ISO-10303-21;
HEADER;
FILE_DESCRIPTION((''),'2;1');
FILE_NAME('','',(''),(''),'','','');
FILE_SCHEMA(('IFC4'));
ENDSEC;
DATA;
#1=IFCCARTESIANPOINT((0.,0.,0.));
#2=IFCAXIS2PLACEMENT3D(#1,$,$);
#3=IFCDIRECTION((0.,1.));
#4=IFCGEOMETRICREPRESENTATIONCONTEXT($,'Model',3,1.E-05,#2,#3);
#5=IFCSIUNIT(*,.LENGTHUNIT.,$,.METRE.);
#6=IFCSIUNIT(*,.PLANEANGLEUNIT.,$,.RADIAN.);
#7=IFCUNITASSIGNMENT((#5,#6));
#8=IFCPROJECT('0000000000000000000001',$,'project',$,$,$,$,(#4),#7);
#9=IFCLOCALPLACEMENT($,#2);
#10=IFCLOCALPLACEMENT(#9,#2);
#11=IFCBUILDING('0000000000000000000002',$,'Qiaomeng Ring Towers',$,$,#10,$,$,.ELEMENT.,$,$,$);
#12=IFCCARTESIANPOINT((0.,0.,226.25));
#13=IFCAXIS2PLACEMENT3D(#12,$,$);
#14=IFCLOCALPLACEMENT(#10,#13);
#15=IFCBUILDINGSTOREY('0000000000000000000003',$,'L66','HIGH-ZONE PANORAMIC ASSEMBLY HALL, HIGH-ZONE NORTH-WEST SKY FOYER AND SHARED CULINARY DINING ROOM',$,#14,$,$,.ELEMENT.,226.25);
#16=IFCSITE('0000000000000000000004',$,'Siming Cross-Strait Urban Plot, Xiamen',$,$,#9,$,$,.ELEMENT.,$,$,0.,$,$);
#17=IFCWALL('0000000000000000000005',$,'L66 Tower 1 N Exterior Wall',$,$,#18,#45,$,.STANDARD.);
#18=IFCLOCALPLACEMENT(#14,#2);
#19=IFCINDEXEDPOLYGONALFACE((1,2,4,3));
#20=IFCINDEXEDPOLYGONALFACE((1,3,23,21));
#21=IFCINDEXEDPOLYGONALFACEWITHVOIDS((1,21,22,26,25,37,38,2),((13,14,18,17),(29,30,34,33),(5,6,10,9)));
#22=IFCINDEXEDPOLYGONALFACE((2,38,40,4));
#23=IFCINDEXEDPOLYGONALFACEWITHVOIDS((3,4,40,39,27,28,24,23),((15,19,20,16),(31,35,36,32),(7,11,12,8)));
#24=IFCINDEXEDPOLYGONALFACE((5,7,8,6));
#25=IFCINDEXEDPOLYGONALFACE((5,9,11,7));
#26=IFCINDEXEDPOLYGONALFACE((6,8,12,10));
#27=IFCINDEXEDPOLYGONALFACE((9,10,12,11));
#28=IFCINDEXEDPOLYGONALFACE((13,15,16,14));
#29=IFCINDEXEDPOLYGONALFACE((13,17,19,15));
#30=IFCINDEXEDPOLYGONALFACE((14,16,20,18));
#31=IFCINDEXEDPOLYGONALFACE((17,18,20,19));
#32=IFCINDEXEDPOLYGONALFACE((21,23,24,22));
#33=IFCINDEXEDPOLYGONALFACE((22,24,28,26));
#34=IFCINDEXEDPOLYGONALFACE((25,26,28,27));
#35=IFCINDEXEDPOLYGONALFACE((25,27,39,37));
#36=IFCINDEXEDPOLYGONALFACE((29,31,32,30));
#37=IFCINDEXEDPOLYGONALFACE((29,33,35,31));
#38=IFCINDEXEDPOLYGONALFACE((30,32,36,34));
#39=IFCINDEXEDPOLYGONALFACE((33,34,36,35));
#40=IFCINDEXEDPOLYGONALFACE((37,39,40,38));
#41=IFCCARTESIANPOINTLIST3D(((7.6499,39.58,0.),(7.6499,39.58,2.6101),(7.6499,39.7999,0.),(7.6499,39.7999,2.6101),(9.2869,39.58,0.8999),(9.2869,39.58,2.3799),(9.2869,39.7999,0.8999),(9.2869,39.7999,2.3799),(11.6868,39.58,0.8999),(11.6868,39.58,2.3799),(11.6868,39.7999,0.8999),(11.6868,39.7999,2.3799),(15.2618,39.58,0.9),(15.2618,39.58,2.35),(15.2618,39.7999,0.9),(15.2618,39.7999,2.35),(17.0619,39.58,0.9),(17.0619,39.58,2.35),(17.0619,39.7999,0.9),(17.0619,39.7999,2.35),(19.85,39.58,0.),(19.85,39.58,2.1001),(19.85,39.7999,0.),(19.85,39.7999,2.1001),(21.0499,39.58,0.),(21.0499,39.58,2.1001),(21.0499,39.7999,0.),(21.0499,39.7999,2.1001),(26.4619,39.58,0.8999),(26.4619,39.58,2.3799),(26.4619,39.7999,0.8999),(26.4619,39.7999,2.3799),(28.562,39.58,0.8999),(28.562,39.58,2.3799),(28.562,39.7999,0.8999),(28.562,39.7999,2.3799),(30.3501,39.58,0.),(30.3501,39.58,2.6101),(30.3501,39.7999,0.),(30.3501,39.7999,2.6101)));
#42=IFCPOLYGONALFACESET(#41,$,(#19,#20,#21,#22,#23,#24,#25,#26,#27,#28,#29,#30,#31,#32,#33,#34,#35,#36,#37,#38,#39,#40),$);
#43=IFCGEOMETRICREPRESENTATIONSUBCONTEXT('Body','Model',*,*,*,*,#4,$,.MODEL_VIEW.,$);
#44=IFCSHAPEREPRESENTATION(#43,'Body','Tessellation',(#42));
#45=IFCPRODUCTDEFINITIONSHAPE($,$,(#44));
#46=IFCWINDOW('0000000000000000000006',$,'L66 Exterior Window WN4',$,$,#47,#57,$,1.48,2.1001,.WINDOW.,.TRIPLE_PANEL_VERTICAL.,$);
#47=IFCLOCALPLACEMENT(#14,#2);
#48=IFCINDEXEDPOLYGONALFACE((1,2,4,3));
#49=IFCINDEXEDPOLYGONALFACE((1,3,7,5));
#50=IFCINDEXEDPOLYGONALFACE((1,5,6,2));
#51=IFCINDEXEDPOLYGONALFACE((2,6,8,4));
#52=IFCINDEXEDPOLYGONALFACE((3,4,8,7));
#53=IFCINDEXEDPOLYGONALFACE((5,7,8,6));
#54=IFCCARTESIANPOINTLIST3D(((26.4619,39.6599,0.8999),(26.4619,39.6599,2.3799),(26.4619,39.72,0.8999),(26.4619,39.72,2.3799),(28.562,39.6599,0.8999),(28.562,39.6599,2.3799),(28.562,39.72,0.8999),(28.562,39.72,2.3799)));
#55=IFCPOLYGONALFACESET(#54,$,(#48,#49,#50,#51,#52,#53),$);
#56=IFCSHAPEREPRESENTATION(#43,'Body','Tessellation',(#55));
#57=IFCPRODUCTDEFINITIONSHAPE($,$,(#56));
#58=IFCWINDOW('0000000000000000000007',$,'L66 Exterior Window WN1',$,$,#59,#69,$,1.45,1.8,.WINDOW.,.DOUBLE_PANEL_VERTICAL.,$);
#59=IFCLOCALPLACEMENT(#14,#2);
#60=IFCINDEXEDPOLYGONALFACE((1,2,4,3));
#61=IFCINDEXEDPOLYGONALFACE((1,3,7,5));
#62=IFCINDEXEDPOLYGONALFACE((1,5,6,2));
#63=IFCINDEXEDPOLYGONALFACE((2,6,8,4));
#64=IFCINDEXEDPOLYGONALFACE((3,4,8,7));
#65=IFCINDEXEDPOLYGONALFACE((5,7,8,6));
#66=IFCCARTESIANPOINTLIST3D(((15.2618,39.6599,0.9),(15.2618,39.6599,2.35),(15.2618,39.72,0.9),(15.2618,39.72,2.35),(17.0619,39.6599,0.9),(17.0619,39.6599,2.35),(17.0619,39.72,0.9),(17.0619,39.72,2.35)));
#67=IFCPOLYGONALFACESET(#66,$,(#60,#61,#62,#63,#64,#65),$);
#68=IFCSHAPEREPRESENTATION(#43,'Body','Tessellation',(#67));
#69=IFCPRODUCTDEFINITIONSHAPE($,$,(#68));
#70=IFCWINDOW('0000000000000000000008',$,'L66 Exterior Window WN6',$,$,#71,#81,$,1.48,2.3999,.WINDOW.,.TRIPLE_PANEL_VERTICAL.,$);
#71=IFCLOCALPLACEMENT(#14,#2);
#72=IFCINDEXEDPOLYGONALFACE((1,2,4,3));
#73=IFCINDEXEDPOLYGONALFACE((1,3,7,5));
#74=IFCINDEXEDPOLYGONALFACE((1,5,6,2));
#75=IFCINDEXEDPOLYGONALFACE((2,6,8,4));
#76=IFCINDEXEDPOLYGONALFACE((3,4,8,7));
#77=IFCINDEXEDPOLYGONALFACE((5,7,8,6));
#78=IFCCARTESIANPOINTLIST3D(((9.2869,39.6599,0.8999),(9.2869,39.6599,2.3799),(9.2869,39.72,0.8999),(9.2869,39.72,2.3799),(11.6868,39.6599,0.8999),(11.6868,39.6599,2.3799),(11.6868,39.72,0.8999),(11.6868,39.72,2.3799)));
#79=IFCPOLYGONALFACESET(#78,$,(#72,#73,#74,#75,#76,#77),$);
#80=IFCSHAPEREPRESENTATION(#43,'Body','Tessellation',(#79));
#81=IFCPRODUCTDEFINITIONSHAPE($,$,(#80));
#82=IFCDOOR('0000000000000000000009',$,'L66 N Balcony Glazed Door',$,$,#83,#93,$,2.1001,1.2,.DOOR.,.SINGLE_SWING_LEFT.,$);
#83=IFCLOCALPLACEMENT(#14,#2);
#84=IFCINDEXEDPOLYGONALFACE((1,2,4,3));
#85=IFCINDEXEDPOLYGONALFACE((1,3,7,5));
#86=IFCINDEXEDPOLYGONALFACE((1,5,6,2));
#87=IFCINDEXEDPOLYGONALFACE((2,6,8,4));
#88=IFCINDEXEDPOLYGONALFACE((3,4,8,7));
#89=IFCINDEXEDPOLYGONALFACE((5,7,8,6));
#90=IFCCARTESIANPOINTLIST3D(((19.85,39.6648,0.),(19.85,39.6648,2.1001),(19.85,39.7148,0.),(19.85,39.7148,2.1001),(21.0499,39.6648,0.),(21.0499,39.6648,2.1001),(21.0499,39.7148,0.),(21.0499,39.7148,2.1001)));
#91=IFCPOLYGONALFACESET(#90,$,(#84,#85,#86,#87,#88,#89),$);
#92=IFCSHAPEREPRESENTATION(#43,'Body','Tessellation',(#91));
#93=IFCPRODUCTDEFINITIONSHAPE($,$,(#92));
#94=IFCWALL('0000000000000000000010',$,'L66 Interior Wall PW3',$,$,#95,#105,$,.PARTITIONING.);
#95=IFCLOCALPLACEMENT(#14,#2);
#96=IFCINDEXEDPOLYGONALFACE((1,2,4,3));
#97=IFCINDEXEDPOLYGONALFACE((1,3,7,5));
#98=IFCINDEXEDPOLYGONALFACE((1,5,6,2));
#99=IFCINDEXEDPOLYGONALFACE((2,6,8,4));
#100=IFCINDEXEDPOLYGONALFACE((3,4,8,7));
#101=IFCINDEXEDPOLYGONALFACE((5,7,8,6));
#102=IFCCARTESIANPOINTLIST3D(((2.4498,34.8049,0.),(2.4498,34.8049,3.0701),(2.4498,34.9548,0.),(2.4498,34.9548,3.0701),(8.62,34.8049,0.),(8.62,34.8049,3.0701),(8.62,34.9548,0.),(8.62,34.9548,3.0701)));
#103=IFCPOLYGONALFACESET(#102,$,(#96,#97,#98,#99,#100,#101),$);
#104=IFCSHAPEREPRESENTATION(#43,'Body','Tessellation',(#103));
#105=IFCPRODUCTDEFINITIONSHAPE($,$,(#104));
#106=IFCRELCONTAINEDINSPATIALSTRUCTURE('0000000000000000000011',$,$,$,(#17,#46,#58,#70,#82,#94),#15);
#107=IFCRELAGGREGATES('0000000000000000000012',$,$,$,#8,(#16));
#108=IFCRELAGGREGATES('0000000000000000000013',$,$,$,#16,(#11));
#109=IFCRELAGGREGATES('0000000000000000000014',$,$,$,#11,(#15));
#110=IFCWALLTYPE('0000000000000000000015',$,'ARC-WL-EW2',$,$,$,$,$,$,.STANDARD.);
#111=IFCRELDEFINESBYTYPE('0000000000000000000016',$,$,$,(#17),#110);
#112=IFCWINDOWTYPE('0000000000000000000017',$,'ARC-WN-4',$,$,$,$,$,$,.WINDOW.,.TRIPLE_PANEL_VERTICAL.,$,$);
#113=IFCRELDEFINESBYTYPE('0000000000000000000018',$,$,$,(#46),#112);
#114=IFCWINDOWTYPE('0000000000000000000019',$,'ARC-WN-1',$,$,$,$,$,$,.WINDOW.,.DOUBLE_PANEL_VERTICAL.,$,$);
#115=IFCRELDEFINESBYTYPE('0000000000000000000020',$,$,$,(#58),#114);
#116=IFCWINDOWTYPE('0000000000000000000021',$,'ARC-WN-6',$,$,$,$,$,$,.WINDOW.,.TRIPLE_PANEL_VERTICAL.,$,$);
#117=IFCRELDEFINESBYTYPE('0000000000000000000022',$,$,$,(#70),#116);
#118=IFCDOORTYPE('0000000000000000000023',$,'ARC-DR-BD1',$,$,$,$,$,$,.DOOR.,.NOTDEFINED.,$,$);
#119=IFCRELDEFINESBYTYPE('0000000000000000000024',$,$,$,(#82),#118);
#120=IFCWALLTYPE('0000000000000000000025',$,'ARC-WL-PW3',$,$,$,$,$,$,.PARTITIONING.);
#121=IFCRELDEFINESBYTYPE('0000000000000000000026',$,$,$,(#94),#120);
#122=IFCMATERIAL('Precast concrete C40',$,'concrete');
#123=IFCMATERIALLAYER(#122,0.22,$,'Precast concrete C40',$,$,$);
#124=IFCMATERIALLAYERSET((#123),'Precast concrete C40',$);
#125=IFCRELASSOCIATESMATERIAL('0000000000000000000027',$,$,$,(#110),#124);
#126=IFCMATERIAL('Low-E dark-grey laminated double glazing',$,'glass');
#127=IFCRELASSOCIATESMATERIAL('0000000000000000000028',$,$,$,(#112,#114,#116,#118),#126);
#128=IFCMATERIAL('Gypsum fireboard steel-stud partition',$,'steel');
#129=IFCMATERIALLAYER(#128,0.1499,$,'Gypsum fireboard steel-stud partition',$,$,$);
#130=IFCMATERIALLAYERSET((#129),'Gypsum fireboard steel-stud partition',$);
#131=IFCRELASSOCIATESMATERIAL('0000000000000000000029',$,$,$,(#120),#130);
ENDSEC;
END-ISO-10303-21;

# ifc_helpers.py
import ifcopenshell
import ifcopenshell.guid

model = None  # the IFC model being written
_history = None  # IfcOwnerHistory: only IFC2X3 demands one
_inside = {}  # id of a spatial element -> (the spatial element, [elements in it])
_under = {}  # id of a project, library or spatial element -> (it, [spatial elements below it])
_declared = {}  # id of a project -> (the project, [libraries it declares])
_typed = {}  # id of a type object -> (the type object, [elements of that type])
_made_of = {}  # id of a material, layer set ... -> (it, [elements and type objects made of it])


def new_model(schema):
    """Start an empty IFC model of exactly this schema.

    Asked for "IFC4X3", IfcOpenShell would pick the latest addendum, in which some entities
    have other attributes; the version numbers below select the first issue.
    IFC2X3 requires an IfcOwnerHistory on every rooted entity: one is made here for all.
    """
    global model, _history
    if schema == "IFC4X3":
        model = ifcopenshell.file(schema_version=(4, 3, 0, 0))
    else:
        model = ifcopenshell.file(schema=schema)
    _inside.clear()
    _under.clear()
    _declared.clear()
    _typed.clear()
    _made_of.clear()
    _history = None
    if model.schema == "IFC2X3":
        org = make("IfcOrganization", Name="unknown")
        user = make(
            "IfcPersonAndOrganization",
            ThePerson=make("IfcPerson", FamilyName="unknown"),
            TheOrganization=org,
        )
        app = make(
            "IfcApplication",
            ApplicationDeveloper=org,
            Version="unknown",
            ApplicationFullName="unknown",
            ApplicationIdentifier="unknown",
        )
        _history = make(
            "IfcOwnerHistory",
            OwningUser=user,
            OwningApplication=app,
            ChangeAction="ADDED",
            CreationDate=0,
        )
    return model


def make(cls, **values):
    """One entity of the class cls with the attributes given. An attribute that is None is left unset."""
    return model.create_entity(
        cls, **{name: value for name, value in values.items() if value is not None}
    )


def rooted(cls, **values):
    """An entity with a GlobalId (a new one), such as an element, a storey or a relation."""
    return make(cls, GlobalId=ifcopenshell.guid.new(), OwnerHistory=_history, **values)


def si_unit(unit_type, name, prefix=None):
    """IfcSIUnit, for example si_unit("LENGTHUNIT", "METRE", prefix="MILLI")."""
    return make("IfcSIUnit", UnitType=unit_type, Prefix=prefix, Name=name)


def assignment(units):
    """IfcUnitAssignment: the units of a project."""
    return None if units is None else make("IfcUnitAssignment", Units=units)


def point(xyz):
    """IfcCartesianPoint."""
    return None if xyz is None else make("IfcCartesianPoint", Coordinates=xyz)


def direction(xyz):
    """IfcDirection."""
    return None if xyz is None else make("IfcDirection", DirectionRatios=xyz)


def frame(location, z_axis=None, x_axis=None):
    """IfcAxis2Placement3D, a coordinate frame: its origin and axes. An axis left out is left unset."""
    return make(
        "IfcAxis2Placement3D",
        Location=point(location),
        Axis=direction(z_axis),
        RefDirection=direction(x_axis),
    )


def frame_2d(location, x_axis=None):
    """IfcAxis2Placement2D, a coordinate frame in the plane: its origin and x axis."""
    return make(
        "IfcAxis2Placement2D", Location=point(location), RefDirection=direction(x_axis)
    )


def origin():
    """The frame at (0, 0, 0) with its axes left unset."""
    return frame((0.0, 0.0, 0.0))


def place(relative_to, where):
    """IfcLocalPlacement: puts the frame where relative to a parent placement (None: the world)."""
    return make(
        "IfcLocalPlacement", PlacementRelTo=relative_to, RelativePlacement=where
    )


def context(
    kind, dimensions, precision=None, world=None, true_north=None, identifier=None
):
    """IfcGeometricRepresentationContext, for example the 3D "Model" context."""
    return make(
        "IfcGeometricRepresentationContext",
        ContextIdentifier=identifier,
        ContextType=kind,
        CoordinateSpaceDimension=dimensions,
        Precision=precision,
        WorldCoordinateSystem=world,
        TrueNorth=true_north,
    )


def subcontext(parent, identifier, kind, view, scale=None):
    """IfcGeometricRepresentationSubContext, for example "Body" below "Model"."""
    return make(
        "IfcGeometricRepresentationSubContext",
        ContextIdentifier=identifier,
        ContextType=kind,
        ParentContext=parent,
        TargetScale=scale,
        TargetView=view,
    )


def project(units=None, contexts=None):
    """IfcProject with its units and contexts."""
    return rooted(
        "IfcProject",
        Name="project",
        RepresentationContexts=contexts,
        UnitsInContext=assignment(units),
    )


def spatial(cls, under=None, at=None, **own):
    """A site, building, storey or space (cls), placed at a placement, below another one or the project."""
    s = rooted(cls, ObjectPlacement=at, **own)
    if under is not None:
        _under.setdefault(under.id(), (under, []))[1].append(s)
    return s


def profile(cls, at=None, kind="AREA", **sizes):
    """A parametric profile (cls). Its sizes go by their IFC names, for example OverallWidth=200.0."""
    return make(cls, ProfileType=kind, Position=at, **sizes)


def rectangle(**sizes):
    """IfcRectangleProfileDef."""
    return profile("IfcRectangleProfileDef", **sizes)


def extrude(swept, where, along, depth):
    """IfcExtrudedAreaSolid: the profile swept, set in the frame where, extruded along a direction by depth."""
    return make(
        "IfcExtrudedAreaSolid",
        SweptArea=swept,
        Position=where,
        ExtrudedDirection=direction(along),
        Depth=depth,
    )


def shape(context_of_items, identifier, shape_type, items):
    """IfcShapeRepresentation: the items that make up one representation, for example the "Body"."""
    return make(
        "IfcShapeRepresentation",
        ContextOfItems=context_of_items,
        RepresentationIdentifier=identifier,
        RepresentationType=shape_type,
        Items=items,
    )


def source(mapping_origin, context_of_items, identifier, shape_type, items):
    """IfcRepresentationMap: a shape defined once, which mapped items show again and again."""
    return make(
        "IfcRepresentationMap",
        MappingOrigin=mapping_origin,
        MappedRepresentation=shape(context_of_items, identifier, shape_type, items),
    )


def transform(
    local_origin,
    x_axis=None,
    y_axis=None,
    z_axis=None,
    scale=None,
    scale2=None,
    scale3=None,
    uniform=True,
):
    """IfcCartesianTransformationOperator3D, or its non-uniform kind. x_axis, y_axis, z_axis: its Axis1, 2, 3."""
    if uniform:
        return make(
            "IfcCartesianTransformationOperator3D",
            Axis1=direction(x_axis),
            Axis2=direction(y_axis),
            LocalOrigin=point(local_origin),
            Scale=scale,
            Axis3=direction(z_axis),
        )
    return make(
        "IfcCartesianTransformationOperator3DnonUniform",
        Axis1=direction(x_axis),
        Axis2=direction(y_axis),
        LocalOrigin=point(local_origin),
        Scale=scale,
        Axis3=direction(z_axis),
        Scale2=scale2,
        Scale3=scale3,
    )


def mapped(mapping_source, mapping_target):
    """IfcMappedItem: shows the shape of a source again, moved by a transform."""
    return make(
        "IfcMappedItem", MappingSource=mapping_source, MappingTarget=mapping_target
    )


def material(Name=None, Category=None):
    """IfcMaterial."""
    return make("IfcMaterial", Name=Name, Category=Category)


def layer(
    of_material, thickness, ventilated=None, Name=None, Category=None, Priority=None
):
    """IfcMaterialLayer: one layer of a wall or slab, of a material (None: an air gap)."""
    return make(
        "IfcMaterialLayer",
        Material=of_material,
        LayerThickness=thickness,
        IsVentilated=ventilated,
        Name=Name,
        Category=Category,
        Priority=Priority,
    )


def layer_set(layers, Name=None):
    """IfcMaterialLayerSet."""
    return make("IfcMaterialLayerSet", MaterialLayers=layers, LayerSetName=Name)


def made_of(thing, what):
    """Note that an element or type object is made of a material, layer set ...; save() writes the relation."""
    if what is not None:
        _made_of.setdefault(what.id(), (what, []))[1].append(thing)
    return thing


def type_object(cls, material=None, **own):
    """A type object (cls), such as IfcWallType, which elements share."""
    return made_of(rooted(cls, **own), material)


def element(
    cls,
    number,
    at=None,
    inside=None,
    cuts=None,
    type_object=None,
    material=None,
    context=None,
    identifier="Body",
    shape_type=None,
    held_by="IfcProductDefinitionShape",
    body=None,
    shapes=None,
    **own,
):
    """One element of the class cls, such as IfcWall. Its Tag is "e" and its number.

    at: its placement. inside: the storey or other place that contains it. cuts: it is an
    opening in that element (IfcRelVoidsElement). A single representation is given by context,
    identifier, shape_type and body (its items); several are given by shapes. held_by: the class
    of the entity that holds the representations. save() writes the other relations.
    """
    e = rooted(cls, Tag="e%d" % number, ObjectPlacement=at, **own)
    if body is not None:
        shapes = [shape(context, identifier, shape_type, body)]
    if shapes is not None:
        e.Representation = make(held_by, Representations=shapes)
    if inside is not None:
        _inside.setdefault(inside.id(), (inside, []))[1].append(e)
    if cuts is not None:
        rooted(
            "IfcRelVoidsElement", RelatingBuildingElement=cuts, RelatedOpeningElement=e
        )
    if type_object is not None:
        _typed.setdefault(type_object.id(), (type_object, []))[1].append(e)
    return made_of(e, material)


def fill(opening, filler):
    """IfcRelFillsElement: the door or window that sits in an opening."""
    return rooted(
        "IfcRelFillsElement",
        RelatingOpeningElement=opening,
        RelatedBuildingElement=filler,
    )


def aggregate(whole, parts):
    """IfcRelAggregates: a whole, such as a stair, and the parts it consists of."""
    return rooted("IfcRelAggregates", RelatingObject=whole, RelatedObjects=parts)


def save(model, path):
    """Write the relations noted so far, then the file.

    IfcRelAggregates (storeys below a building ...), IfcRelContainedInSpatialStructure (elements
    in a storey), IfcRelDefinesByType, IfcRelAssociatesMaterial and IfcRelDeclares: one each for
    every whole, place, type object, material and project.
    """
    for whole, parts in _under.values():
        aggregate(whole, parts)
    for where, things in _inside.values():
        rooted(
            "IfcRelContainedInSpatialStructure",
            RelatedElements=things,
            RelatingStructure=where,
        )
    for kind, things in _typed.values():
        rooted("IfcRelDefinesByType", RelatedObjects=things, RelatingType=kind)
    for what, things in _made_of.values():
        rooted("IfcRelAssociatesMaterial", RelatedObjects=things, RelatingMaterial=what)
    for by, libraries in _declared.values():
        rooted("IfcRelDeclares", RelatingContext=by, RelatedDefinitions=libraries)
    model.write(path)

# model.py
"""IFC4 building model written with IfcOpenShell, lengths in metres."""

from ifc_helpers import new_model, si_unit, direction, frame, frame_2d, origin, place, context, subcontext, project, spatial, rectangle, extrude, source, transform, mapped, material, layer, layer_set, type_object, element, fill, save


model = new_model("IFC4")

# Units and contexts
model_context = context("Model", 3, precision=1e-05, world=origin(), true_north=direction((0.0, 1.0)))
body_context = subcontext(model_context, "Body", "Model", "MODEL_VIEW")
ifc_project = project(units=[si_unit("LENGTHUNIT", "METRE"), si_unit("PLANEANGLEUNIT", "RADIAN")], contexts=[model_context])

# Site, building, storey
site_placement = place(None, origin())
site = spatial("IfcSite", under=ifc_project, at=site_placement, Name="Siming Cross-Strait Urban Plot, Xiamen", CompositionType="ELEMENT", RefElevation=0.0)
building_placement = place(site_placement, origin())
building = spatial("IfcBuilding", under=site, at=building_placement, Name="Qiaomeng Ring Towers", CompositionType="ELEMENT")
storey_placement = place(building_placement, frame((0.0, 0.0, 226.25)))
storey = spatial("IfcBuildingStorey", under=building, at=storey_placement, Name="L66", Description="HIGH-ZONE PANORAMIC ASSEMBLY HALL, HIGH-ZONE NORTH-WEST SKY FOYER AND SHARED CULINARY DINING ROOM", CompositionType="ELEMENT", Elevation=226.25)

# Shared definitions
ifc_material_1 = material(Name="Low-E dark-grey laminated double glazing", Category="glass")

# Wall, openings, windows, door
ifc_material_2 = material(Name="Precast concrete C40", Category="concrete")
ifc_layer_1 = layer(ifc_material_2, 0.22, Name="Precast concrete C40")
ifc_layer_set_1 = layer_set([ifc_layer_1], Name="Precast concrete C40")
wall_type_1 = type_object("IfcWallType", Name="ARC-WL-EW2", PredefinedType="STANDARD", material=ifc_layer_set_1)
wall_1_placement = place(storey_placement, frame((7.6499, 39.6899, 0.0), z_axis=(0.0, 0.0, 1.0), x_axis=(1.0, 0.0, 0.0)))
wall_1 = element("IfcWall", 1, at=wall_1_placement, inside=storey, type_object=wall_type_1, Name="L66 Tower 1 N Exterior Wall", PredefinedType="STANDARD", context=body_context, shape_type="SweptSolid", body=[
    extrude(rectangle(XDim=22.7002, YDim=0.22, at=frame_2d((11.3501, 0.0))), origin(), (0.0, 0.0, 1.0), 2.6101),
])
opening_1_placement = place(wall_1_placement, frame((12.2, 0.0, 0.0)))
opening_1 = element("IfcOpeningElement", 2, at=opening_1_placement, cuts=wall_1, PredefinedType="OPENING", context=body_context, shape_type="SweptSolid", body=[
    extrude(rectangle(XDim=1.2, YDim=2.1001, at=frame_2d((0.6001, 1.05))), frame((0.0, 0.1199, 0.0), z_axis=(0.0, -1.0, 0.0), x_axis=(1.0, 0.0, 0.0)), (0.0, 0.0, 1.0), 0.24),
])
opening_2_placement = place(wall_1_placement, frame((1.637, 0.0, 0.8999)))
opening_2 = element("IfcOpeningElement", 3, at=opening_2_placement, cuts=wall_1, PredefinedType="OPENING", context=body_context, shape_type="SweptSolid", body=[
    extrude(rectangle(XDim=2.3999, YDim=1.48, at=frame_2d((1.2, 0.74))), frame((0.0, 0.1199, 0.0), z_axis=(0.0, -1.0, 0.0), x_axis=(1.0, 0.0, 0.0)), (0.0, 0.0, 1.0), 0.24),
])
opening_3_placement = place(wall_1_placement, frame((7.6121, 0.0, 0.8999)))
opening_3 = element("IfcOpeningElement", 4, at=opening_3_placement, cuts=wall_1, PredefinedType="OPENING", context=body_context, shape_type="SweptSolid", body=[
    extrude(rectangle(XDim=1.8, YDim=1.45, at=frame_2d((0.8999, 0.7251))), frame((0.0, 0.1199, 0.0), z_axis=(0.0, -1.0, 0.0), x_axis=(1.0, 0.0, 0.0)), (0.0, 0.0, 1.0), 0.24),
])
opening_4_placement = place(wall_1_placement, frame((18.812, 0.0, 0.8999)))
opening_4 = element("IfcOpeningElement", 5, at=opening_4_placement, cuts=wall_1, PredefinedType="OPENING", context=body_context, shape_type="SweptSolid", body=[
    extrude(rectangle(XDim=2.1001, YDim=1.48, at=frame_2d((1.05, 0.74))), frame((0.0, 0.1199, 0.0), z_axis=(0.0, -1.0, 0.0), x_axis=(1.0, 0.0, 0.0)), (0.0, 0.0, 1.0), 0.24),
])
window_type_1 = type_object("IfcWindowType", Name="ARC-WN-4", PartitioningType="TRIPLE_PANEL_VERTICAL", PredefinedType="WINDOW", material=ifc_material_1)
shared_shape_1 = source(origin(), body_context, "Body", "SweptSolid", [
    extrude(rectangle(XDim=2.1001, YDim=1.48, at=frame_2d((1.05, 0.74))), frame((0.0, 0.03, 0.0), z_axis=(0.0, -1.0, 0.0), x_axis=(1.0, 0.0, 0.0)), (0.0, 0.0, 1.0), 0.0601),
])
window_1_placement = place(opening_4_placement, origin())
window_1 = element("IfcWindow", 6, at=window_1_placement, inside=storey, type_object=window_type_1, Name="L66 Exterior Window WN4", OverallHeight=1.48, OverallWidth=2.1001, PartitioningType="TRIPLE_PANEL_VERTICAL", PredefinedType="WINDOW", context=body_context, shape_type="MappedRepresentation", body=[
    mapped(shared_shape_1, transform((0.0, 0.0, 0.0), x_axis=(1.0, 0.0, 0.0), y_axis=(0.0, 1.0, 0.0), z_axis=(0.0, 0.0, 1.0), scale=1.0)),
])
fill(opening_4, window_1)
window_type_2 = type_object("IfcWindowType", Name="ARC-WN-1", PartitioningType="DOUBLE_PANEL_VERTICAL", PredefinedType="WINDOW", material=ifc_material_1)
shared_shape_2 = source(origin(), body_context, "Body", "SweptSolid", [
    extrude(rectangle(XDim=1.8, YDim=1.45, at=frame_2d((0.8999, 0.7251))), frame((0.0, 0.03, 0.0), z_axis=(0.0, -1.0, 0.0), x_axis=(1.0, 0.0, 0.0)), (0.0, 0.0, 1.0), 0.0601),
])
window_2_placement = place(opening_3_placement, origin())
window_2 = element("IfcWindow", 7, at=window_2_placement, inside=storey, type_object=window_type_2, Name="L66 Exterior Window WN1", OverallHeight=1.45, OverallWidth=1.8, PartitioningType="DOUBLE_PANEL_VERTICAL", PredefinedType="WINDOW", context=body_context, shape_type="MappedRepresentation", body=[
    mapped(shared_shape_2, transform((0.0, 0.0, 0.0), x_axis=(1.0, 0.0, 0.0), y_axis=(0.0, 1.0, 0.0), z_axis=(0.0, 0.0, 1.0), scale=1.0)),
])
fill(opening_3, window_2)
window_type_3 = type_object("IfcWindowType", Name="ARC-WN-6", PartitioningType="TRIPLE_PANEL_VERTICAL", PredefinedType="WINDOW", material=ifc_material_1)
shared_shape_3 = source(origin(), body_context, "Body", "SweptSolid", [
    extrude(rectangle(XDim=2.3999, YDim=1.48, at=frame_2d((1.2, 0.74))), frame((0.0, 0.03, 0.0), z_axis=(0.0, -1.0, 0.0), x_axis=(1.0, 0.0, 0.0)), (0.0, 0.0, 1.0), 0.0601),
])
window_3_placement = place(opening_2_placement, origin())
window_3 = element("IfcWindow", 8, at=window_3_placement, inside=storey, type_object=window_type_3, Name="L66 Exterior Window WN6", OverallHeight=1.48, OverallWidth=2.3999, PartitioningType="TRIPLE_PANEL_VERTICAL", PredefinedType="WINDOW", context=body_context, shape_type="MappedRepresentation", body=[
    mapped(shared_shape_3, transform((0.0, 0.0, 0.0), x_axis=(1.0, 0.0, 0.0), y_axis=(0.0, 1.0, 0.0), z_axis=(0.0, 0.0, 1.0), scale=1.0)),
])
fill(opening_2, window_3)
door_type_1 = type_object("IfcDoorType", Name="ARC-DR-BD1", OperationType="NOTDEFINED", PredefinedType="DOOR", material=ifc_material_1)
shared_shape_4 = source(origin(), body_context, "Body", "SweptSolid", [
    extrude(rectangle(XDim=1.2, YDim=2.1001, at=frame_2d((0.6001, 1.05))), frame((0.0, 0.0249, 0.0), z_axis=(0.0, -1.0, 0.0), x_axis=(1.0, 0.0, 0.0)), (0.0, 0.0, 1.0), 0.05),
])
door_1_placement = place(opening_1_placement, origin())
door_1 = element("IfcDoor", 9, at=door_1_placement, inside=storey, type_object=door_type_1, Name="L66 N Balcony Glazed Door", OperationType="SINGLE_SWING_LEFT", OverallHeight=2.1001, OverallWidth=1.2, PredefinedType="DOOR", context=body_context, shape_type="MappedRepresentation", body=[
    mapped(shared_shape_4, transform((0.0, 0.0, 0.0), x_axis=(1.0, 0.0, 0.0), y_axis=(0.0, 1.0, 0.0), z_axis=(0.0, 0.0, 1.0), scale=1.0)),
])
fill(opening_1, door_1)

# Wall
ifc_material_3 = material(Name="Gypsum fireboard steel-stud partition", Category="steel")
ifc_layer_2 = layer(ifc_material_3, 0.1499, Name="Gypsum fireboard steel-stud partition")
ifc_layer_set_2 = layer_set([ifc_layer_2], Name="Gypsum fireboard steel-stud partition")
wall_type_2 = type_object("IfcWallType", Name="ARC-WL-PW3", PredefinedType="PARTITIONING", material=ifc_layer_set_2)
wall_2_placement = place(storey_placement, frame((2.45, 34.8799, 0.0), z_axis=(0.0, 0.0, 1.0), x_axis=(1.0, 0.0, 0.0)))
element("IfcWall", 10, at=wall_2_placement, inside=storey, type_object=wall_type_2, Name="L66 Interior Wall PW3", PredefinedType="PARTITIONING", context=body_context, shape_type="SweptSolid", body=[
    extrude(rectangle(XDim=6.1702, YDim=0.1499, at=frame_2d((3.085, 0.0))), origin(), (0.0, 0.0, 1.0), 3.0701),
])

save(model, "model.ifc")
